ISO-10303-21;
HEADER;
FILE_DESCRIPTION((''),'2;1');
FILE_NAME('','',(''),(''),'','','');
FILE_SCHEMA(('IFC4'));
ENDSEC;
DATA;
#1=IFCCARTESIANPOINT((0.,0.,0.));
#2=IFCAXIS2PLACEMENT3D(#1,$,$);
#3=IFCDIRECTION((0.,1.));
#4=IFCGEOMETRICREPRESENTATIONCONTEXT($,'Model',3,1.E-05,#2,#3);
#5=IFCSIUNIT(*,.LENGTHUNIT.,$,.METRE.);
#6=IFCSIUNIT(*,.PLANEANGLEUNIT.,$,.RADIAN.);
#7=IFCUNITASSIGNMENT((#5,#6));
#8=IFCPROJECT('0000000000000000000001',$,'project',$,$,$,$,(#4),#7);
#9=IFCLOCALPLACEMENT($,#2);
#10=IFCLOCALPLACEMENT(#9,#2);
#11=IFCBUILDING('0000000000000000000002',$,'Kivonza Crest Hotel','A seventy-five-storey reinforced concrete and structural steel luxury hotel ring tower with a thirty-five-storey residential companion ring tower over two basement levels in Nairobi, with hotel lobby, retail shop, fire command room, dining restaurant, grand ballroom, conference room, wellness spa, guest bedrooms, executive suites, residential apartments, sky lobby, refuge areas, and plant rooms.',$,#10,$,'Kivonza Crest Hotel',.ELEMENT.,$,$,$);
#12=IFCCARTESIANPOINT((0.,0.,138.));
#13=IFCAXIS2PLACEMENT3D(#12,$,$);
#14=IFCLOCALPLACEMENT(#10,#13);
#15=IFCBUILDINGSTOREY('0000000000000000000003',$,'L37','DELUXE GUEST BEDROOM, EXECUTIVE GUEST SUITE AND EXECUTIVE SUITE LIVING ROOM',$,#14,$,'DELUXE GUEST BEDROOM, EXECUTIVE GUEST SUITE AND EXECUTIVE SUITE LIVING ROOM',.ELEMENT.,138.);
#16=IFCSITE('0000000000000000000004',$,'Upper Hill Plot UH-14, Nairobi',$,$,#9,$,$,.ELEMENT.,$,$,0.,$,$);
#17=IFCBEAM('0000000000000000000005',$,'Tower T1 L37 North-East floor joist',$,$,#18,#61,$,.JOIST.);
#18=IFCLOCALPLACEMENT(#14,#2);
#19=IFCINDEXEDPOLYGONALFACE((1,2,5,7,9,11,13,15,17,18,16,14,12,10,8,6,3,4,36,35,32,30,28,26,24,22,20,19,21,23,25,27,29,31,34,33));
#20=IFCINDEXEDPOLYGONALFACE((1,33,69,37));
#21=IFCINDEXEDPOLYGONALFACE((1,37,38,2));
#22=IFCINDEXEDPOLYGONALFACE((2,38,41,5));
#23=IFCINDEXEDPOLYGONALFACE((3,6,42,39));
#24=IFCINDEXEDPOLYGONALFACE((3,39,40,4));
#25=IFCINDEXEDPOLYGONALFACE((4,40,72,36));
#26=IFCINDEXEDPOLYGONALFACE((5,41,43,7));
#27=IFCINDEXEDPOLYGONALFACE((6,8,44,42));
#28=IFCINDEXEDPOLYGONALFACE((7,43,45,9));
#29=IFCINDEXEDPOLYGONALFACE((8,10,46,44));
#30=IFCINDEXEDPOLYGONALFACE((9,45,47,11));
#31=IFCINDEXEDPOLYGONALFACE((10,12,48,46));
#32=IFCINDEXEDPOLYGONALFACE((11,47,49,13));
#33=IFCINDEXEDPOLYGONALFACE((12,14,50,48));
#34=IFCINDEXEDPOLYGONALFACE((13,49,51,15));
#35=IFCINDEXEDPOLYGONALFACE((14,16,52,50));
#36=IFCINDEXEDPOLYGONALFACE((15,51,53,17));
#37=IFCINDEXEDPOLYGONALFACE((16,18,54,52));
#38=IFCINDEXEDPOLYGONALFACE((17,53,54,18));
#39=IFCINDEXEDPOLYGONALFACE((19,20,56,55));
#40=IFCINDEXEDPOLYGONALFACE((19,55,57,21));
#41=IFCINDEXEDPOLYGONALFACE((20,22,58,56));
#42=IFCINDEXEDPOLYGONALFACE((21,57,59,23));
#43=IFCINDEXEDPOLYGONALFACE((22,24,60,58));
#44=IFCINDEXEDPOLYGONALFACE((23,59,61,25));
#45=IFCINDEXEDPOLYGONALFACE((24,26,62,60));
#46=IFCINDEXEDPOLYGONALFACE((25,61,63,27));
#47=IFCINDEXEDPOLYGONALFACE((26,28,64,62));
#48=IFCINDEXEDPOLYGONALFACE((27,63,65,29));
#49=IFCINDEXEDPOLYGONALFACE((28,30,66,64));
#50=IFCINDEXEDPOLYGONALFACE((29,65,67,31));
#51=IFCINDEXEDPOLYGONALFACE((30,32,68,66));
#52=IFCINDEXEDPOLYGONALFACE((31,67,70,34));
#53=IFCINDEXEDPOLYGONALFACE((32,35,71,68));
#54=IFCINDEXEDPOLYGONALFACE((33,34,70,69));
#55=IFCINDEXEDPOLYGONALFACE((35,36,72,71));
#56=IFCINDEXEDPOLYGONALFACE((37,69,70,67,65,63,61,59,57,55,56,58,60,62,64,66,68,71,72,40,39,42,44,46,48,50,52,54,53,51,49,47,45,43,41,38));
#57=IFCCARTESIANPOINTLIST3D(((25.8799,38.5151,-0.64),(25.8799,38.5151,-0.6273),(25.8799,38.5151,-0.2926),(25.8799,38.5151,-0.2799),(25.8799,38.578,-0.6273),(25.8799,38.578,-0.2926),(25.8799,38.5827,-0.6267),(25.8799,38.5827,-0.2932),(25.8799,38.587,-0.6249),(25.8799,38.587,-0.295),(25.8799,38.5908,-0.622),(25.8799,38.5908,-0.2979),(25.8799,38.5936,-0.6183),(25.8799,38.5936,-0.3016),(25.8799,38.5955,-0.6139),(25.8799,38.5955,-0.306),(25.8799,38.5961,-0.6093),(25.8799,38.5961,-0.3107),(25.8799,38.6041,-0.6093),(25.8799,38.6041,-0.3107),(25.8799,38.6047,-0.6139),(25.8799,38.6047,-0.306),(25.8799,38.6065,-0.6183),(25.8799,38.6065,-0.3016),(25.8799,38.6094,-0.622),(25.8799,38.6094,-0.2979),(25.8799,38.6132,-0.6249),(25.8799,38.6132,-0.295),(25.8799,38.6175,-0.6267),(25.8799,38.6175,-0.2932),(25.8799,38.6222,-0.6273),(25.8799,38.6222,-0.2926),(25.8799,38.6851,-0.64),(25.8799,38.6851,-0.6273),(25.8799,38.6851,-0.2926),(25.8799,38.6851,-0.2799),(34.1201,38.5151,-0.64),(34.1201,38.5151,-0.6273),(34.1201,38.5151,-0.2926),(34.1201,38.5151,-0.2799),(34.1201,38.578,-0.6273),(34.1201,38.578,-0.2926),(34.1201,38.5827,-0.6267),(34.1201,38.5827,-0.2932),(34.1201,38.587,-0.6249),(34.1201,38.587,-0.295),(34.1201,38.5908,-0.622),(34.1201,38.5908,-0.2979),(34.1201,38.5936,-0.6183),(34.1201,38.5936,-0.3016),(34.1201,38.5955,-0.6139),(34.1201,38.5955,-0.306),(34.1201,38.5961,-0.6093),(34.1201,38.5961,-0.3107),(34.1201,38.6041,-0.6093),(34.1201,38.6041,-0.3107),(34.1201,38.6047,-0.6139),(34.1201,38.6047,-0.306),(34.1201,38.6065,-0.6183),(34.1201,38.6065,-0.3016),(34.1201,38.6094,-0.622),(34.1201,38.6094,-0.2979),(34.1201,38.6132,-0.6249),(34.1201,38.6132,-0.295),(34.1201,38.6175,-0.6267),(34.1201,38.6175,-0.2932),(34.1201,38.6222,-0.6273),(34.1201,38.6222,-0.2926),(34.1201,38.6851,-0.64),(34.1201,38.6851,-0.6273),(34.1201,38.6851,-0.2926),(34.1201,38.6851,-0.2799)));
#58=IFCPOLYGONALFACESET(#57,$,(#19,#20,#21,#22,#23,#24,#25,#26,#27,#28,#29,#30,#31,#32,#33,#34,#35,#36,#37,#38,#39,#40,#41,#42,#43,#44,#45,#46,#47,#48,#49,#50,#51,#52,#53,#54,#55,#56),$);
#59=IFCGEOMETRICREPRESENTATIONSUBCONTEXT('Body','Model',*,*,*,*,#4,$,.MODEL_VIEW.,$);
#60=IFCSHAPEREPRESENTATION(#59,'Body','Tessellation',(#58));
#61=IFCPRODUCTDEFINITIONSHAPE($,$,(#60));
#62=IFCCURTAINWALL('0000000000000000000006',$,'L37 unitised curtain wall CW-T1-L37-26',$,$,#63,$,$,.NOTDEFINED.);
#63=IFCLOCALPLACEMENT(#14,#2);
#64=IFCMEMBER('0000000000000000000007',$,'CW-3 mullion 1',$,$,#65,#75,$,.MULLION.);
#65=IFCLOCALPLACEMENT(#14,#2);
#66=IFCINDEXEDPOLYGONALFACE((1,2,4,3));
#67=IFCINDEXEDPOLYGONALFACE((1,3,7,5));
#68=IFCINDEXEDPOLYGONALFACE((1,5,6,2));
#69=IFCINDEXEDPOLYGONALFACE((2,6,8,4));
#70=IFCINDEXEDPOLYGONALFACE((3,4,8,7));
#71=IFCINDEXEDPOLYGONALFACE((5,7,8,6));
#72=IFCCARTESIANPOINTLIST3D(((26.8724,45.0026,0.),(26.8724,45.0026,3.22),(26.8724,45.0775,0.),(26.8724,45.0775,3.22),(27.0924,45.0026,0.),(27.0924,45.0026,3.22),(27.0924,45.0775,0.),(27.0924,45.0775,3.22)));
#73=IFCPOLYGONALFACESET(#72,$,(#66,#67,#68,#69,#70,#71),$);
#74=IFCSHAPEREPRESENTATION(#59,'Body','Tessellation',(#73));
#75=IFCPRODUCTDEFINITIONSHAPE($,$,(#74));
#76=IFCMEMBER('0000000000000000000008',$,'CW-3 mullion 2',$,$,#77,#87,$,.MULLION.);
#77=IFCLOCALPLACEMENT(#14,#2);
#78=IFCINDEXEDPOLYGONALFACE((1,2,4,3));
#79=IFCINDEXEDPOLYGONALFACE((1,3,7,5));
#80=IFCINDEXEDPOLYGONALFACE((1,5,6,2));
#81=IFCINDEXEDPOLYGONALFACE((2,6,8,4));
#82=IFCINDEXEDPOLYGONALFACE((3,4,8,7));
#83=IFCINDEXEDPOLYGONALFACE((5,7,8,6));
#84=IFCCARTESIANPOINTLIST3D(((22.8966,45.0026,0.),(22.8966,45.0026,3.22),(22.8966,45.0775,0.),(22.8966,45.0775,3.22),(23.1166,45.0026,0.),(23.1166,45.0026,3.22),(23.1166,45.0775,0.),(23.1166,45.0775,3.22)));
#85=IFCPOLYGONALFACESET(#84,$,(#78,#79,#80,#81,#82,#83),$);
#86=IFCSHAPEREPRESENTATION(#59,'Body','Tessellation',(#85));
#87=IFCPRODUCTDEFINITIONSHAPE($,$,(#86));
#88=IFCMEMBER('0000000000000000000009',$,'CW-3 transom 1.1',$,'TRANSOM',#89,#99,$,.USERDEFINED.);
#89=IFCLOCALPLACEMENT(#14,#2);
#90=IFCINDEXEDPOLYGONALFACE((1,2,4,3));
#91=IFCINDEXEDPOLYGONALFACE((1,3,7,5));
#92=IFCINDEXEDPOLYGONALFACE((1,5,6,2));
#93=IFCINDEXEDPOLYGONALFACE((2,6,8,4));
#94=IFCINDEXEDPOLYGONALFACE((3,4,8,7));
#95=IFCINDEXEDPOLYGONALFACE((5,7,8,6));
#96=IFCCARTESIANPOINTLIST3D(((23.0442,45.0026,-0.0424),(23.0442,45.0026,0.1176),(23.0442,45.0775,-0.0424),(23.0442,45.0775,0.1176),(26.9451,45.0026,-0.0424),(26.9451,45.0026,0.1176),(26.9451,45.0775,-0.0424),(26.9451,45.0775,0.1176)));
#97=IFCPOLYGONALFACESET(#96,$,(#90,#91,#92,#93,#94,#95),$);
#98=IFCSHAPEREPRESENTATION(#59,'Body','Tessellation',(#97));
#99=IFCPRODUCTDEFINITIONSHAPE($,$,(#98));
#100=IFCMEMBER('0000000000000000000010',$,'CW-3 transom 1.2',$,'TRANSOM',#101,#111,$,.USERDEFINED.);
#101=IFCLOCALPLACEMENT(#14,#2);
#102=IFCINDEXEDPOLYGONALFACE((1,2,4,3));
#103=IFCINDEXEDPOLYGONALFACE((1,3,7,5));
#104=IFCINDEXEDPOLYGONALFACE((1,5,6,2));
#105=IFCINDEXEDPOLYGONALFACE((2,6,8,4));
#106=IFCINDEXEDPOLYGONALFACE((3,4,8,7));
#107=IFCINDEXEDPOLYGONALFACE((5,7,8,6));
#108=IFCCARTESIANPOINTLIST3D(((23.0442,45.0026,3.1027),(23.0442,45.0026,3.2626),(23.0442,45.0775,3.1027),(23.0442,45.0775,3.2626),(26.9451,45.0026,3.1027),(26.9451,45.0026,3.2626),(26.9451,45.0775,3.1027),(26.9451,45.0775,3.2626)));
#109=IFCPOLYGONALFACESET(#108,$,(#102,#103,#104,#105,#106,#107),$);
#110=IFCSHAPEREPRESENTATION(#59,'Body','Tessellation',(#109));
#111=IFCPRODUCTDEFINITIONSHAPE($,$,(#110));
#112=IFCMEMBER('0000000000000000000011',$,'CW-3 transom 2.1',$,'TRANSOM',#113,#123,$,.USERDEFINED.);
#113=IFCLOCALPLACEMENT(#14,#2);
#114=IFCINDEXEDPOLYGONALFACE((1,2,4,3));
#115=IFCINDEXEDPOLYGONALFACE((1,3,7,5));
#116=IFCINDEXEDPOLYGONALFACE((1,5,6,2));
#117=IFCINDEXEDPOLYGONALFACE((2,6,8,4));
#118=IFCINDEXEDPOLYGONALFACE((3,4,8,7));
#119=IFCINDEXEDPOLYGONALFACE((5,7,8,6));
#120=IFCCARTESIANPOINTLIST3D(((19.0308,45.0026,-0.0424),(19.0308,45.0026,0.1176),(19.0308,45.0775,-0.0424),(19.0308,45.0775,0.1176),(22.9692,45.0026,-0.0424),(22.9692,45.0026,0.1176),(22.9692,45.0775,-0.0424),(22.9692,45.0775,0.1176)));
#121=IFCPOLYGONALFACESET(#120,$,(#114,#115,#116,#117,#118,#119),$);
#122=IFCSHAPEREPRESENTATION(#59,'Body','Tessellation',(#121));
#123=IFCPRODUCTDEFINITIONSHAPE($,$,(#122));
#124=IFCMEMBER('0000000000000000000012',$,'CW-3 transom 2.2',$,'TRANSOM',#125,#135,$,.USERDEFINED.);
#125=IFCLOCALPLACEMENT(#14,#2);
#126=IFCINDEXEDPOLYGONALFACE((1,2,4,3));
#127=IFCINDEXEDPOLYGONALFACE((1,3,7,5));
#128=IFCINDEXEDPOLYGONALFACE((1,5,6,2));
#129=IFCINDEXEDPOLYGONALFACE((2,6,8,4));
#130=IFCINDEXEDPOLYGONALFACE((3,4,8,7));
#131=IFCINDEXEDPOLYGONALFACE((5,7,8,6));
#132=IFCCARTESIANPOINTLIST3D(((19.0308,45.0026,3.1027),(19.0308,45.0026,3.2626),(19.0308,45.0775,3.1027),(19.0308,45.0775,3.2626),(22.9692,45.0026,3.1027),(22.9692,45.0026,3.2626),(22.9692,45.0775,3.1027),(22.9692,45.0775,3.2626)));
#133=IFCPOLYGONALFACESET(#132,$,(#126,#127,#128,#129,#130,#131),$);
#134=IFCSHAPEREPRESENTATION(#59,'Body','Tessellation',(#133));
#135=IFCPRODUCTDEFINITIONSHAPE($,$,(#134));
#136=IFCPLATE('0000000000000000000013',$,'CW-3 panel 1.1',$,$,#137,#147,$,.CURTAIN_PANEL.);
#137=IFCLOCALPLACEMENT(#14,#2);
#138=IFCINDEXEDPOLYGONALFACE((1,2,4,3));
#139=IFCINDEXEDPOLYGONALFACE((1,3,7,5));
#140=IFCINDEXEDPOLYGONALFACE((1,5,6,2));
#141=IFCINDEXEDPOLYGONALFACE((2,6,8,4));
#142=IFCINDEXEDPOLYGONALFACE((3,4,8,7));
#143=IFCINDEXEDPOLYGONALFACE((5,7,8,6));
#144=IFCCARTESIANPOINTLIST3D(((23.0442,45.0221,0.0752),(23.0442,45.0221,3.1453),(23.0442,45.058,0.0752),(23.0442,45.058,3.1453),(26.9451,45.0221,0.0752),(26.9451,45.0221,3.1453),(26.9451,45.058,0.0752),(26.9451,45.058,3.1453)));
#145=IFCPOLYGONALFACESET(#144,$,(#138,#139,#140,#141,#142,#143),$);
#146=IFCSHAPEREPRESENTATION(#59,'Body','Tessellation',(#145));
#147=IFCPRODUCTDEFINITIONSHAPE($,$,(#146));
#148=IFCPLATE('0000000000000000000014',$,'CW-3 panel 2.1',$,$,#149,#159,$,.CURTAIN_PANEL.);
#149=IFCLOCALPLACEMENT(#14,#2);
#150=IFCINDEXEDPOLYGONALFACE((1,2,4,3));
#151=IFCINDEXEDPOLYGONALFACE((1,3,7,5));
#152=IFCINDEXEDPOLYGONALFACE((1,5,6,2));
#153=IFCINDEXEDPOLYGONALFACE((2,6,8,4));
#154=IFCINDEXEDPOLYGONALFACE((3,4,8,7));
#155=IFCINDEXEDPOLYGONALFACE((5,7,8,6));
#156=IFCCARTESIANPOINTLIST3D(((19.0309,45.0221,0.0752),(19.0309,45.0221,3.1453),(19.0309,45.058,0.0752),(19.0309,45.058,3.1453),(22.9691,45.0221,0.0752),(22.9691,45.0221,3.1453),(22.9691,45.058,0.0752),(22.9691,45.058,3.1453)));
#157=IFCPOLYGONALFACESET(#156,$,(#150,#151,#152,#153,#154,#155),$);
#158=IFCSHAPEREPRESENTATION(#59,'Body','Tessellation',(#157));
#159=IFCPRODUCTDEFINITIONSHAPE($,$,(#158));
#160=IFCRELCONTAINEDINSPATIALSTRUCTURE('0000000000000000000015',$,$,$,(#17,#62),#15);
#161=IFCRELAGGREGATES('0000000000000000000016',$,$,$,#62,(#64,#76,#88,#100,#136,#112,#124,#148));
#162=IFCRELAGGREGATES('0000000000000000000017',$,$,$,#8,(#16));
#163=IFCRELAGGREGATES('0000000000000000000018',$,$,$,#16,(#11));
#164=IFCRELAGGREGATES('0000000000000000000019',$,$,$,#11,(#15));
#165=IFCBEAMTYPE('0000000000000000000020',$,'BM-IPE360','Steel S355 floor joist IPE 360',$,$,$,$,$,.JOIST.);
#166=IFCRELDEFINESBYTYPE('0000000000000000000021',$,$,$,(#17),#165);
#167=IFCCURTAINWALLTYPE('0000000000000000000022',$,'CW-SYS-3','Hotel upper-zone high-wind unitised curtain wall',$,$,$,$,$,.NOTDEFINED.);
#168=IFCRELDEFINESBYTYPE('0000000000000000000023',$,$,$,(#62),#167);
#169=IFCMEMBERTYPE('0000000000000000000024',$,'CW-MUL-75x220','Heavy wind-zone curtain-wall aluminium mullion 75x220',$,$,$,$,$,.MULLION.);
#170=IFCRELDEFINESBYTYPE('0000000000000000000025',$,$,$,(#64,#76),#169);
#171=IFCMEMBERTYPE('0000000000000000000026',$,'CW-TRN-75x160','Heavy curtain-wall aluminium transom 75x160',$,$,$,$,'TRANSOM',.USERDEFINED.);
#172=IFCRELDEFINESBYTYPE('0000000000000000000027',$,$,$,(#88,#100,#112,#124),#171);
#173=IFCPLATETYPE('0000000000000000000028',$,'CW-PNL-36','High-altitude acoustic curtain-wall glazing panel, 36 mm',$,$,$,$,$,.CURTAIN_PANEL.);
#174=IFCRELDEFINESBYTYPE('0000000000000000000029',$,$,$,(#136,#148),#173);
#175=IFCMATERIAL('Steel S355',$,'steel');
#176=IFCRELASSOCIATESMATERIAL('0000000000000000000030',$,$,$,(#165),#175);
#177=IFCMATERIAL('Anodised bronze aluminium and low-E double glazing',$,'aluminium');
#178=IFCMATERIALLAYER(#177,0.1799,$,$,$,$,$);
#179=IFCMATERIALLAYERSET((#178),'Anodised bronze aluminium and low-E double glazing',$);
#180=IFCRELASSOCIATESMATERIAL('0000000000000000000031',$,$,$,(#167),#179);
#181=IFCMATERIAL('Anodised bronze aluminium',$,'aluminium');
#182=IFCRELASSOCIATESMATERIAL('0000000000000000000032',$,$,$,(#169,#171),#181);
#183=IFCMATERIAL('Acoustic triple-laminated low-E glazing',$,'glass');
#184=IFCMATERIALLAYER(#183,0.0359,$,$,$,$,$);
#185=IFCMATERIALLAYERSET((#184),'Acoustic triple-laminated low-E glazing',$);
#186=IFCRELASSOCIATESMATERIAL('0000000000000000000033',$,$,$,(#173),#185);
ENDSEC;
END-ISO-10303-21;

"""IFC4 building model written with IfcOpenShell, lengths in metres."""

from ifc_helpers import new_model, si_unit, direction, frame, origin, origin_2d, place, context, subcontext, project, spatial, rectangle, i_section, extrude, material, layer, layer_set, material_profile, profile_set, type_object, element, aggregate, save


model = new_model("IFC4")

# Units and contexts
model_context = context("Model", 3, precision=1e-05, world=origin(), true_north=direction((0.0, 1.0)))
body_context = subcontext(model_context, "Body", "Model", "MODEL_VIEW")
ifc_project = project(units=[si_unit("LENGTHUNIT", "METRE"), si_unit("PLANEANGLEUNIT", "RADIAN")], contexts=[model_context])

# Site, building, storey
site_placement = place(None, origin())
site = spatial("IfcSite", under=ifc_project, at=site_placement, Name="Upper Hill Plot UH-14, Nairobi", CompositionType="ELEMENT", RefElevation=0.0)
building_placement = place(site_placement, origin())
building = spatial("IfcBuilding", under=site, at=building_placement, Name="Kivonza Crest Hotel", Description="A seventy-five-storey reinforced concrete and structural steel luxury hotel ring tower with a thirty-five-storey residential companion ring tower over two basement levels in Nairobi, with hotel lobby, retail shop, fire command room, dining restaurant, grand ballroom, conference room, wellness spa, guest bedrooms, executive suites, residential apartments, sky lobby, refuge areas, and plant rooms.", LongName="Kivonza Crest Hotel", CompositionType="ELEMENT")
storey_placement = place(building_placement, frame((0.0, 0.0, 138.0)))
storey = spatial("IfcBuildingStorey", under=building, at=storey_placement, Name="L37", Description="DELUXE GUEST BEDROOM, EXECUTIVE GUEST SUITE AND EXECUTIVE SUITE LIVING ROOM", LongName="DELUXE GUEST BEDROOM, EXECUTIVE GUEST SUITE AND EXECUTIVE SUITE LIVING ROOM", CompositionType="ELEMENT", Elevation=138.0)

# Beam
ifc_material_1 = material(Name="Steel S355", Category="steel")
ifc_material_profile_1 = material_profile(ifc_material_1, i_section(OverallWidth=0.1699, OverallDepth=0.3601, WebThickness=0.0081, FlangeThickness=0.0127, FilletRadius=0.0181, at=origin_2d()), Name="IPE 360")
ifc_profile_set_1 = profile_set([ifc_material_profile_1], Name="Steel S355")
beam_type_1 = type_object("IfcBeamType", Name="BM-IPE360", Description="Steel S355 floor joist IPE 360", PredefinedType="JOIST", material=ifc_profile_set_1)
beam_1_placement = place(storey_placement, frame((25.8799, 38.6001, -0.46), z_axis=(1.0, 0.0, 0.0), x_axis=(0.0, 1.0, 0.0)))
element("IfcBeam", 1, at=beam_1_placement, inside=storey, type_object=beam_type_1, Name="Tower T1 L37 North-East floor joist", PredefinedType="JOIST", context=body_context, shape_type="SweptSolid", body=[
    extrude(i_section(OverallWidth=0.1699, OverallDepth=0.3601, WebThickness=0.0081, FlangeThickness=0.0127, FilletRadius=0.0181, at=origin_2d()), origin(), (0.0, 0.0, 1.0), 8.2402),
])

# Curtain wall, members, plates
ifc_material_2 = material(Name="Anodised bronze aluminium and low-E double glazing", Category="aluminium")
ifc_layer_1 = layer(ifc_material_2, 0.1799)
ifc_layer_set_1 = layer_set([ifc_layer_1], Name="Anodised bronze aluminium and low-E double glazing")
curtain_wall_type = type_object("IfcCurtainWallType", Name="CW-SYS-3", Description="Hotel upper-zone high-wind unitised curtain wall", PredefinedType="NOTDEFINED", material=ifc_layer_set_1)
curtain_wall_placement = place(storey_placement, origin())
curtain_wall = element("IfcCurtainWall", 2, at=curtain_wall_placement, inside=storey, type_object=curtain_wall_type, Name="L37 unitised curtain wall CW-T1-L37-26", PredefinedType="NOTDEFINED")
ifc_material_3 = material(Name="Anodised bronze aluminium", Category="aluminium")
ifc_material_profile_2 = material_profile(ifc_material_3, rectangle(XDim=0.075, YDim=0.22, at=origin_2d()), Name="CW-M 75x220")
ifc_profile_set_2 = profile_set([ifc_material_profile_2], Name="Anodised bronze aluminium")
member_type_1 = type_object("IfcMemberType", Name="CW-MUL-75x220", Description="Heavy wind-zone curtain-wall aluminium mullion 75x220", PredefinedType="MULLION", material=ifc_profile_set_2)
member_1_placement = place(storey_placement, frame((26.9824, 45.04, 0.0), z_axis=(0.0, 0.0, 1.0), x_axis=(0.0, -1.0, 0.0)))
member_1 = element("IfcMember", 3, at=member_1_placement, type_object=member_type_1, Name="CW-3 mullion 1", PredefinedType="MULLION", context=body_context, shape_type="SweptSolid", body=[
    extrude(rectangle(XDim=0.075, YDim=0.22, at=origin_2d()), origin(), (0.0, 0.0, 1.0), 3.22),
])
member_2_placement = place(storey_placement, frame((23.0066, 45.04, 0.0), z_axis=(0.0, 0.0, 1.0), x_axis=(0.0, -1.0, 0.0)))
member_2 = element("IfcMember", 4, at=member_2_placement, type_object=member_type_1, Name="CW-3 mullion 2", PredefinedType="MULLION", context=body_context, shape_type="SweptSolid", body=[
    extrude(rectangle(XDim=0.075, YDim=0.22, at=origin_2d()), origin(), (0.0, 0.0, 1.0), 3.22),
])
ifc_material_profile_3 = material_profile(ifc_material_3, rectangle(XDim=0.075, YDim=0.1599, at=origin_2d()), Name="CW-T 75x160")
ifc_profile_set_3 = profile_set([ifc_material_profile_3], Name="Anodised bronze aluminium")
member_type_2 = type_object("IfcMemberType", Name="CW-TRN-75x160", Description="Heavy curtain-wall aluminium transom 75x160", ElementType="TRANSOM", PredefinedType="USERDEFINED", material=ifc_profile_set_3)
member_3_placement = place(storey_placement, frame((26.9451, 45.04, 0.0376), z_axis=(-1.0, 0.0, 0.0), x_axis=(0.0, -1.0, 0.0)))
member_3 = element("IfcMember", 5, at=member_3_placement, type_object=member_type_2, Name="CW-3 transom 1.1", ObjectType="TRANSOM", PredefinedType="USERDEFINED", context=body_context, shape_type="SweptSolid", body=[
    extrude(rectangle(XDim=0.075, YDim=0.1599, at=origin_2d()), origin(), (0.0, 0.0, 1.0), 3.9009),
])
member_4_placement = place(storey_placement, frame((26.9451, 45.04, 3.1826), z_axis=(-1.0, 0.0, 0.0), x_axis=(0.0, -1.0, 0.0)))
member_4 = element("IfcMember", 6, at=member_4_placement, type_object=member_type_2, Name="CW-3 transom 1.2", ObjectType="TRANSOM", PredefinedType="USERDEFINED", context=body_context, shape_type="SweptSolid", body=[
    extrude(rectangle(XDim=0.075, YDim=0.1599, at=origin_2d()), origin(), (0.0, 0.0, 1.0), 3.9009),
])
member_5_placement = place(storey_placement, frame((22.9692, 45.04, 0.0376), z_axis=(-1.0, 0.0, 0.0), x_axis=(0.0, -1.0, 0.0)))
member_5 = element("IfcMember", 7, at=member_5_placement, type_object=member_type_2, Name="CW-3 transom 2.1", ObjectType="TRANSOM", PredefinedType="USERDEFINED", context=body_context, shape_type="SweptSolid", body=[
    extrude(rectangle(XDim=0.075, YDim=0.1599, at=origin_2d()), origin(), (0.0, 0.0, 1.0), 3.9385),
])
member_6_placement = place(storey_placement, frame((22.9692, 45.04, 3.1826), z_axis=(-1.0, 0.0, 0.0), x_axis=(0.0, -1.0, 0.0)))
member_6 = element("IfcMember", 8, at=member_6_placement, type_object=member_type_2, Name="CW-3 transom 2.2", ObjectType="TRANSOM", PredefinedType="USERDEFINED", context=body_context, shape_type="SweptSolid", body=[
    extrude(rectangle(XDim=0.075, YDim=0.1599, at=origin_2d()), origin(), (0.0, 0.0, 1.0), 3.9385),
])
ifc_material_4 = material(Name="Acoustic triple-laminated low-E glazing", Category="glass")
ifc_layer_2 = layer(ifc_material_4, 0.0359)
ifc_layer_set_2 = layer_set([ifc_layer_2], Name="Acoustic triple-laminated low-E glazing")
plate_type = type_object("IfcPlateType", Name="CW-PNL-36", Description="High-altitude acoustic curtain-wall glazing panel, 36 mm", PredefinedType="CURTAIN_PANEL", material=ifc_layer_set_2)
plate_1_placement = place(storey_placement, frame((24.9946, 45.04, 0.0752), z_axis=(0.0, 0.0, 1.0), x_axis=(-1.0, 0.0, 0.0)))
plate_1 = element("IfcPlate", 9, at=plate_1_placement, type_object=plate_type, Name="CW-3 panel 1.1", PredefinedType="CURTAIN_PANEL", context=body_context, shape_type="SweptSolid", body=[
    extrude(rectangle(XDim=3.9009, YDim=0.0359, at=origin_2d()), origin(), (0.0, 0.0, 1.0), 3.0701),
])
plate_2_placement = place(storey_placement, frame((21.0, 45.04, 0.0752), z_axis=(0.0, 0.0, 1.0), x_axis=(-1.0, 0.0, 0.0)))
plate_2 = element("IfcPlate", 10, at=plate_2_placement, type_object=plate_type, Name="CW-3 panel 2.1", PredefinedType="CURTAIN_PANEL", context=body_context, shape_type="SweptSolid", body=[
    extrude(rectangle(XDim=3.9382, YDim=0.0359, at=origin_2d()), origin(), (0.0, 0.0, 1.0), 3.0701),
])
aggregate(curtain_wall, [member_1, member_2, member_3, member_4, plate_1, member_5, member_6, plate_2])

save(model, "model.ifc")
